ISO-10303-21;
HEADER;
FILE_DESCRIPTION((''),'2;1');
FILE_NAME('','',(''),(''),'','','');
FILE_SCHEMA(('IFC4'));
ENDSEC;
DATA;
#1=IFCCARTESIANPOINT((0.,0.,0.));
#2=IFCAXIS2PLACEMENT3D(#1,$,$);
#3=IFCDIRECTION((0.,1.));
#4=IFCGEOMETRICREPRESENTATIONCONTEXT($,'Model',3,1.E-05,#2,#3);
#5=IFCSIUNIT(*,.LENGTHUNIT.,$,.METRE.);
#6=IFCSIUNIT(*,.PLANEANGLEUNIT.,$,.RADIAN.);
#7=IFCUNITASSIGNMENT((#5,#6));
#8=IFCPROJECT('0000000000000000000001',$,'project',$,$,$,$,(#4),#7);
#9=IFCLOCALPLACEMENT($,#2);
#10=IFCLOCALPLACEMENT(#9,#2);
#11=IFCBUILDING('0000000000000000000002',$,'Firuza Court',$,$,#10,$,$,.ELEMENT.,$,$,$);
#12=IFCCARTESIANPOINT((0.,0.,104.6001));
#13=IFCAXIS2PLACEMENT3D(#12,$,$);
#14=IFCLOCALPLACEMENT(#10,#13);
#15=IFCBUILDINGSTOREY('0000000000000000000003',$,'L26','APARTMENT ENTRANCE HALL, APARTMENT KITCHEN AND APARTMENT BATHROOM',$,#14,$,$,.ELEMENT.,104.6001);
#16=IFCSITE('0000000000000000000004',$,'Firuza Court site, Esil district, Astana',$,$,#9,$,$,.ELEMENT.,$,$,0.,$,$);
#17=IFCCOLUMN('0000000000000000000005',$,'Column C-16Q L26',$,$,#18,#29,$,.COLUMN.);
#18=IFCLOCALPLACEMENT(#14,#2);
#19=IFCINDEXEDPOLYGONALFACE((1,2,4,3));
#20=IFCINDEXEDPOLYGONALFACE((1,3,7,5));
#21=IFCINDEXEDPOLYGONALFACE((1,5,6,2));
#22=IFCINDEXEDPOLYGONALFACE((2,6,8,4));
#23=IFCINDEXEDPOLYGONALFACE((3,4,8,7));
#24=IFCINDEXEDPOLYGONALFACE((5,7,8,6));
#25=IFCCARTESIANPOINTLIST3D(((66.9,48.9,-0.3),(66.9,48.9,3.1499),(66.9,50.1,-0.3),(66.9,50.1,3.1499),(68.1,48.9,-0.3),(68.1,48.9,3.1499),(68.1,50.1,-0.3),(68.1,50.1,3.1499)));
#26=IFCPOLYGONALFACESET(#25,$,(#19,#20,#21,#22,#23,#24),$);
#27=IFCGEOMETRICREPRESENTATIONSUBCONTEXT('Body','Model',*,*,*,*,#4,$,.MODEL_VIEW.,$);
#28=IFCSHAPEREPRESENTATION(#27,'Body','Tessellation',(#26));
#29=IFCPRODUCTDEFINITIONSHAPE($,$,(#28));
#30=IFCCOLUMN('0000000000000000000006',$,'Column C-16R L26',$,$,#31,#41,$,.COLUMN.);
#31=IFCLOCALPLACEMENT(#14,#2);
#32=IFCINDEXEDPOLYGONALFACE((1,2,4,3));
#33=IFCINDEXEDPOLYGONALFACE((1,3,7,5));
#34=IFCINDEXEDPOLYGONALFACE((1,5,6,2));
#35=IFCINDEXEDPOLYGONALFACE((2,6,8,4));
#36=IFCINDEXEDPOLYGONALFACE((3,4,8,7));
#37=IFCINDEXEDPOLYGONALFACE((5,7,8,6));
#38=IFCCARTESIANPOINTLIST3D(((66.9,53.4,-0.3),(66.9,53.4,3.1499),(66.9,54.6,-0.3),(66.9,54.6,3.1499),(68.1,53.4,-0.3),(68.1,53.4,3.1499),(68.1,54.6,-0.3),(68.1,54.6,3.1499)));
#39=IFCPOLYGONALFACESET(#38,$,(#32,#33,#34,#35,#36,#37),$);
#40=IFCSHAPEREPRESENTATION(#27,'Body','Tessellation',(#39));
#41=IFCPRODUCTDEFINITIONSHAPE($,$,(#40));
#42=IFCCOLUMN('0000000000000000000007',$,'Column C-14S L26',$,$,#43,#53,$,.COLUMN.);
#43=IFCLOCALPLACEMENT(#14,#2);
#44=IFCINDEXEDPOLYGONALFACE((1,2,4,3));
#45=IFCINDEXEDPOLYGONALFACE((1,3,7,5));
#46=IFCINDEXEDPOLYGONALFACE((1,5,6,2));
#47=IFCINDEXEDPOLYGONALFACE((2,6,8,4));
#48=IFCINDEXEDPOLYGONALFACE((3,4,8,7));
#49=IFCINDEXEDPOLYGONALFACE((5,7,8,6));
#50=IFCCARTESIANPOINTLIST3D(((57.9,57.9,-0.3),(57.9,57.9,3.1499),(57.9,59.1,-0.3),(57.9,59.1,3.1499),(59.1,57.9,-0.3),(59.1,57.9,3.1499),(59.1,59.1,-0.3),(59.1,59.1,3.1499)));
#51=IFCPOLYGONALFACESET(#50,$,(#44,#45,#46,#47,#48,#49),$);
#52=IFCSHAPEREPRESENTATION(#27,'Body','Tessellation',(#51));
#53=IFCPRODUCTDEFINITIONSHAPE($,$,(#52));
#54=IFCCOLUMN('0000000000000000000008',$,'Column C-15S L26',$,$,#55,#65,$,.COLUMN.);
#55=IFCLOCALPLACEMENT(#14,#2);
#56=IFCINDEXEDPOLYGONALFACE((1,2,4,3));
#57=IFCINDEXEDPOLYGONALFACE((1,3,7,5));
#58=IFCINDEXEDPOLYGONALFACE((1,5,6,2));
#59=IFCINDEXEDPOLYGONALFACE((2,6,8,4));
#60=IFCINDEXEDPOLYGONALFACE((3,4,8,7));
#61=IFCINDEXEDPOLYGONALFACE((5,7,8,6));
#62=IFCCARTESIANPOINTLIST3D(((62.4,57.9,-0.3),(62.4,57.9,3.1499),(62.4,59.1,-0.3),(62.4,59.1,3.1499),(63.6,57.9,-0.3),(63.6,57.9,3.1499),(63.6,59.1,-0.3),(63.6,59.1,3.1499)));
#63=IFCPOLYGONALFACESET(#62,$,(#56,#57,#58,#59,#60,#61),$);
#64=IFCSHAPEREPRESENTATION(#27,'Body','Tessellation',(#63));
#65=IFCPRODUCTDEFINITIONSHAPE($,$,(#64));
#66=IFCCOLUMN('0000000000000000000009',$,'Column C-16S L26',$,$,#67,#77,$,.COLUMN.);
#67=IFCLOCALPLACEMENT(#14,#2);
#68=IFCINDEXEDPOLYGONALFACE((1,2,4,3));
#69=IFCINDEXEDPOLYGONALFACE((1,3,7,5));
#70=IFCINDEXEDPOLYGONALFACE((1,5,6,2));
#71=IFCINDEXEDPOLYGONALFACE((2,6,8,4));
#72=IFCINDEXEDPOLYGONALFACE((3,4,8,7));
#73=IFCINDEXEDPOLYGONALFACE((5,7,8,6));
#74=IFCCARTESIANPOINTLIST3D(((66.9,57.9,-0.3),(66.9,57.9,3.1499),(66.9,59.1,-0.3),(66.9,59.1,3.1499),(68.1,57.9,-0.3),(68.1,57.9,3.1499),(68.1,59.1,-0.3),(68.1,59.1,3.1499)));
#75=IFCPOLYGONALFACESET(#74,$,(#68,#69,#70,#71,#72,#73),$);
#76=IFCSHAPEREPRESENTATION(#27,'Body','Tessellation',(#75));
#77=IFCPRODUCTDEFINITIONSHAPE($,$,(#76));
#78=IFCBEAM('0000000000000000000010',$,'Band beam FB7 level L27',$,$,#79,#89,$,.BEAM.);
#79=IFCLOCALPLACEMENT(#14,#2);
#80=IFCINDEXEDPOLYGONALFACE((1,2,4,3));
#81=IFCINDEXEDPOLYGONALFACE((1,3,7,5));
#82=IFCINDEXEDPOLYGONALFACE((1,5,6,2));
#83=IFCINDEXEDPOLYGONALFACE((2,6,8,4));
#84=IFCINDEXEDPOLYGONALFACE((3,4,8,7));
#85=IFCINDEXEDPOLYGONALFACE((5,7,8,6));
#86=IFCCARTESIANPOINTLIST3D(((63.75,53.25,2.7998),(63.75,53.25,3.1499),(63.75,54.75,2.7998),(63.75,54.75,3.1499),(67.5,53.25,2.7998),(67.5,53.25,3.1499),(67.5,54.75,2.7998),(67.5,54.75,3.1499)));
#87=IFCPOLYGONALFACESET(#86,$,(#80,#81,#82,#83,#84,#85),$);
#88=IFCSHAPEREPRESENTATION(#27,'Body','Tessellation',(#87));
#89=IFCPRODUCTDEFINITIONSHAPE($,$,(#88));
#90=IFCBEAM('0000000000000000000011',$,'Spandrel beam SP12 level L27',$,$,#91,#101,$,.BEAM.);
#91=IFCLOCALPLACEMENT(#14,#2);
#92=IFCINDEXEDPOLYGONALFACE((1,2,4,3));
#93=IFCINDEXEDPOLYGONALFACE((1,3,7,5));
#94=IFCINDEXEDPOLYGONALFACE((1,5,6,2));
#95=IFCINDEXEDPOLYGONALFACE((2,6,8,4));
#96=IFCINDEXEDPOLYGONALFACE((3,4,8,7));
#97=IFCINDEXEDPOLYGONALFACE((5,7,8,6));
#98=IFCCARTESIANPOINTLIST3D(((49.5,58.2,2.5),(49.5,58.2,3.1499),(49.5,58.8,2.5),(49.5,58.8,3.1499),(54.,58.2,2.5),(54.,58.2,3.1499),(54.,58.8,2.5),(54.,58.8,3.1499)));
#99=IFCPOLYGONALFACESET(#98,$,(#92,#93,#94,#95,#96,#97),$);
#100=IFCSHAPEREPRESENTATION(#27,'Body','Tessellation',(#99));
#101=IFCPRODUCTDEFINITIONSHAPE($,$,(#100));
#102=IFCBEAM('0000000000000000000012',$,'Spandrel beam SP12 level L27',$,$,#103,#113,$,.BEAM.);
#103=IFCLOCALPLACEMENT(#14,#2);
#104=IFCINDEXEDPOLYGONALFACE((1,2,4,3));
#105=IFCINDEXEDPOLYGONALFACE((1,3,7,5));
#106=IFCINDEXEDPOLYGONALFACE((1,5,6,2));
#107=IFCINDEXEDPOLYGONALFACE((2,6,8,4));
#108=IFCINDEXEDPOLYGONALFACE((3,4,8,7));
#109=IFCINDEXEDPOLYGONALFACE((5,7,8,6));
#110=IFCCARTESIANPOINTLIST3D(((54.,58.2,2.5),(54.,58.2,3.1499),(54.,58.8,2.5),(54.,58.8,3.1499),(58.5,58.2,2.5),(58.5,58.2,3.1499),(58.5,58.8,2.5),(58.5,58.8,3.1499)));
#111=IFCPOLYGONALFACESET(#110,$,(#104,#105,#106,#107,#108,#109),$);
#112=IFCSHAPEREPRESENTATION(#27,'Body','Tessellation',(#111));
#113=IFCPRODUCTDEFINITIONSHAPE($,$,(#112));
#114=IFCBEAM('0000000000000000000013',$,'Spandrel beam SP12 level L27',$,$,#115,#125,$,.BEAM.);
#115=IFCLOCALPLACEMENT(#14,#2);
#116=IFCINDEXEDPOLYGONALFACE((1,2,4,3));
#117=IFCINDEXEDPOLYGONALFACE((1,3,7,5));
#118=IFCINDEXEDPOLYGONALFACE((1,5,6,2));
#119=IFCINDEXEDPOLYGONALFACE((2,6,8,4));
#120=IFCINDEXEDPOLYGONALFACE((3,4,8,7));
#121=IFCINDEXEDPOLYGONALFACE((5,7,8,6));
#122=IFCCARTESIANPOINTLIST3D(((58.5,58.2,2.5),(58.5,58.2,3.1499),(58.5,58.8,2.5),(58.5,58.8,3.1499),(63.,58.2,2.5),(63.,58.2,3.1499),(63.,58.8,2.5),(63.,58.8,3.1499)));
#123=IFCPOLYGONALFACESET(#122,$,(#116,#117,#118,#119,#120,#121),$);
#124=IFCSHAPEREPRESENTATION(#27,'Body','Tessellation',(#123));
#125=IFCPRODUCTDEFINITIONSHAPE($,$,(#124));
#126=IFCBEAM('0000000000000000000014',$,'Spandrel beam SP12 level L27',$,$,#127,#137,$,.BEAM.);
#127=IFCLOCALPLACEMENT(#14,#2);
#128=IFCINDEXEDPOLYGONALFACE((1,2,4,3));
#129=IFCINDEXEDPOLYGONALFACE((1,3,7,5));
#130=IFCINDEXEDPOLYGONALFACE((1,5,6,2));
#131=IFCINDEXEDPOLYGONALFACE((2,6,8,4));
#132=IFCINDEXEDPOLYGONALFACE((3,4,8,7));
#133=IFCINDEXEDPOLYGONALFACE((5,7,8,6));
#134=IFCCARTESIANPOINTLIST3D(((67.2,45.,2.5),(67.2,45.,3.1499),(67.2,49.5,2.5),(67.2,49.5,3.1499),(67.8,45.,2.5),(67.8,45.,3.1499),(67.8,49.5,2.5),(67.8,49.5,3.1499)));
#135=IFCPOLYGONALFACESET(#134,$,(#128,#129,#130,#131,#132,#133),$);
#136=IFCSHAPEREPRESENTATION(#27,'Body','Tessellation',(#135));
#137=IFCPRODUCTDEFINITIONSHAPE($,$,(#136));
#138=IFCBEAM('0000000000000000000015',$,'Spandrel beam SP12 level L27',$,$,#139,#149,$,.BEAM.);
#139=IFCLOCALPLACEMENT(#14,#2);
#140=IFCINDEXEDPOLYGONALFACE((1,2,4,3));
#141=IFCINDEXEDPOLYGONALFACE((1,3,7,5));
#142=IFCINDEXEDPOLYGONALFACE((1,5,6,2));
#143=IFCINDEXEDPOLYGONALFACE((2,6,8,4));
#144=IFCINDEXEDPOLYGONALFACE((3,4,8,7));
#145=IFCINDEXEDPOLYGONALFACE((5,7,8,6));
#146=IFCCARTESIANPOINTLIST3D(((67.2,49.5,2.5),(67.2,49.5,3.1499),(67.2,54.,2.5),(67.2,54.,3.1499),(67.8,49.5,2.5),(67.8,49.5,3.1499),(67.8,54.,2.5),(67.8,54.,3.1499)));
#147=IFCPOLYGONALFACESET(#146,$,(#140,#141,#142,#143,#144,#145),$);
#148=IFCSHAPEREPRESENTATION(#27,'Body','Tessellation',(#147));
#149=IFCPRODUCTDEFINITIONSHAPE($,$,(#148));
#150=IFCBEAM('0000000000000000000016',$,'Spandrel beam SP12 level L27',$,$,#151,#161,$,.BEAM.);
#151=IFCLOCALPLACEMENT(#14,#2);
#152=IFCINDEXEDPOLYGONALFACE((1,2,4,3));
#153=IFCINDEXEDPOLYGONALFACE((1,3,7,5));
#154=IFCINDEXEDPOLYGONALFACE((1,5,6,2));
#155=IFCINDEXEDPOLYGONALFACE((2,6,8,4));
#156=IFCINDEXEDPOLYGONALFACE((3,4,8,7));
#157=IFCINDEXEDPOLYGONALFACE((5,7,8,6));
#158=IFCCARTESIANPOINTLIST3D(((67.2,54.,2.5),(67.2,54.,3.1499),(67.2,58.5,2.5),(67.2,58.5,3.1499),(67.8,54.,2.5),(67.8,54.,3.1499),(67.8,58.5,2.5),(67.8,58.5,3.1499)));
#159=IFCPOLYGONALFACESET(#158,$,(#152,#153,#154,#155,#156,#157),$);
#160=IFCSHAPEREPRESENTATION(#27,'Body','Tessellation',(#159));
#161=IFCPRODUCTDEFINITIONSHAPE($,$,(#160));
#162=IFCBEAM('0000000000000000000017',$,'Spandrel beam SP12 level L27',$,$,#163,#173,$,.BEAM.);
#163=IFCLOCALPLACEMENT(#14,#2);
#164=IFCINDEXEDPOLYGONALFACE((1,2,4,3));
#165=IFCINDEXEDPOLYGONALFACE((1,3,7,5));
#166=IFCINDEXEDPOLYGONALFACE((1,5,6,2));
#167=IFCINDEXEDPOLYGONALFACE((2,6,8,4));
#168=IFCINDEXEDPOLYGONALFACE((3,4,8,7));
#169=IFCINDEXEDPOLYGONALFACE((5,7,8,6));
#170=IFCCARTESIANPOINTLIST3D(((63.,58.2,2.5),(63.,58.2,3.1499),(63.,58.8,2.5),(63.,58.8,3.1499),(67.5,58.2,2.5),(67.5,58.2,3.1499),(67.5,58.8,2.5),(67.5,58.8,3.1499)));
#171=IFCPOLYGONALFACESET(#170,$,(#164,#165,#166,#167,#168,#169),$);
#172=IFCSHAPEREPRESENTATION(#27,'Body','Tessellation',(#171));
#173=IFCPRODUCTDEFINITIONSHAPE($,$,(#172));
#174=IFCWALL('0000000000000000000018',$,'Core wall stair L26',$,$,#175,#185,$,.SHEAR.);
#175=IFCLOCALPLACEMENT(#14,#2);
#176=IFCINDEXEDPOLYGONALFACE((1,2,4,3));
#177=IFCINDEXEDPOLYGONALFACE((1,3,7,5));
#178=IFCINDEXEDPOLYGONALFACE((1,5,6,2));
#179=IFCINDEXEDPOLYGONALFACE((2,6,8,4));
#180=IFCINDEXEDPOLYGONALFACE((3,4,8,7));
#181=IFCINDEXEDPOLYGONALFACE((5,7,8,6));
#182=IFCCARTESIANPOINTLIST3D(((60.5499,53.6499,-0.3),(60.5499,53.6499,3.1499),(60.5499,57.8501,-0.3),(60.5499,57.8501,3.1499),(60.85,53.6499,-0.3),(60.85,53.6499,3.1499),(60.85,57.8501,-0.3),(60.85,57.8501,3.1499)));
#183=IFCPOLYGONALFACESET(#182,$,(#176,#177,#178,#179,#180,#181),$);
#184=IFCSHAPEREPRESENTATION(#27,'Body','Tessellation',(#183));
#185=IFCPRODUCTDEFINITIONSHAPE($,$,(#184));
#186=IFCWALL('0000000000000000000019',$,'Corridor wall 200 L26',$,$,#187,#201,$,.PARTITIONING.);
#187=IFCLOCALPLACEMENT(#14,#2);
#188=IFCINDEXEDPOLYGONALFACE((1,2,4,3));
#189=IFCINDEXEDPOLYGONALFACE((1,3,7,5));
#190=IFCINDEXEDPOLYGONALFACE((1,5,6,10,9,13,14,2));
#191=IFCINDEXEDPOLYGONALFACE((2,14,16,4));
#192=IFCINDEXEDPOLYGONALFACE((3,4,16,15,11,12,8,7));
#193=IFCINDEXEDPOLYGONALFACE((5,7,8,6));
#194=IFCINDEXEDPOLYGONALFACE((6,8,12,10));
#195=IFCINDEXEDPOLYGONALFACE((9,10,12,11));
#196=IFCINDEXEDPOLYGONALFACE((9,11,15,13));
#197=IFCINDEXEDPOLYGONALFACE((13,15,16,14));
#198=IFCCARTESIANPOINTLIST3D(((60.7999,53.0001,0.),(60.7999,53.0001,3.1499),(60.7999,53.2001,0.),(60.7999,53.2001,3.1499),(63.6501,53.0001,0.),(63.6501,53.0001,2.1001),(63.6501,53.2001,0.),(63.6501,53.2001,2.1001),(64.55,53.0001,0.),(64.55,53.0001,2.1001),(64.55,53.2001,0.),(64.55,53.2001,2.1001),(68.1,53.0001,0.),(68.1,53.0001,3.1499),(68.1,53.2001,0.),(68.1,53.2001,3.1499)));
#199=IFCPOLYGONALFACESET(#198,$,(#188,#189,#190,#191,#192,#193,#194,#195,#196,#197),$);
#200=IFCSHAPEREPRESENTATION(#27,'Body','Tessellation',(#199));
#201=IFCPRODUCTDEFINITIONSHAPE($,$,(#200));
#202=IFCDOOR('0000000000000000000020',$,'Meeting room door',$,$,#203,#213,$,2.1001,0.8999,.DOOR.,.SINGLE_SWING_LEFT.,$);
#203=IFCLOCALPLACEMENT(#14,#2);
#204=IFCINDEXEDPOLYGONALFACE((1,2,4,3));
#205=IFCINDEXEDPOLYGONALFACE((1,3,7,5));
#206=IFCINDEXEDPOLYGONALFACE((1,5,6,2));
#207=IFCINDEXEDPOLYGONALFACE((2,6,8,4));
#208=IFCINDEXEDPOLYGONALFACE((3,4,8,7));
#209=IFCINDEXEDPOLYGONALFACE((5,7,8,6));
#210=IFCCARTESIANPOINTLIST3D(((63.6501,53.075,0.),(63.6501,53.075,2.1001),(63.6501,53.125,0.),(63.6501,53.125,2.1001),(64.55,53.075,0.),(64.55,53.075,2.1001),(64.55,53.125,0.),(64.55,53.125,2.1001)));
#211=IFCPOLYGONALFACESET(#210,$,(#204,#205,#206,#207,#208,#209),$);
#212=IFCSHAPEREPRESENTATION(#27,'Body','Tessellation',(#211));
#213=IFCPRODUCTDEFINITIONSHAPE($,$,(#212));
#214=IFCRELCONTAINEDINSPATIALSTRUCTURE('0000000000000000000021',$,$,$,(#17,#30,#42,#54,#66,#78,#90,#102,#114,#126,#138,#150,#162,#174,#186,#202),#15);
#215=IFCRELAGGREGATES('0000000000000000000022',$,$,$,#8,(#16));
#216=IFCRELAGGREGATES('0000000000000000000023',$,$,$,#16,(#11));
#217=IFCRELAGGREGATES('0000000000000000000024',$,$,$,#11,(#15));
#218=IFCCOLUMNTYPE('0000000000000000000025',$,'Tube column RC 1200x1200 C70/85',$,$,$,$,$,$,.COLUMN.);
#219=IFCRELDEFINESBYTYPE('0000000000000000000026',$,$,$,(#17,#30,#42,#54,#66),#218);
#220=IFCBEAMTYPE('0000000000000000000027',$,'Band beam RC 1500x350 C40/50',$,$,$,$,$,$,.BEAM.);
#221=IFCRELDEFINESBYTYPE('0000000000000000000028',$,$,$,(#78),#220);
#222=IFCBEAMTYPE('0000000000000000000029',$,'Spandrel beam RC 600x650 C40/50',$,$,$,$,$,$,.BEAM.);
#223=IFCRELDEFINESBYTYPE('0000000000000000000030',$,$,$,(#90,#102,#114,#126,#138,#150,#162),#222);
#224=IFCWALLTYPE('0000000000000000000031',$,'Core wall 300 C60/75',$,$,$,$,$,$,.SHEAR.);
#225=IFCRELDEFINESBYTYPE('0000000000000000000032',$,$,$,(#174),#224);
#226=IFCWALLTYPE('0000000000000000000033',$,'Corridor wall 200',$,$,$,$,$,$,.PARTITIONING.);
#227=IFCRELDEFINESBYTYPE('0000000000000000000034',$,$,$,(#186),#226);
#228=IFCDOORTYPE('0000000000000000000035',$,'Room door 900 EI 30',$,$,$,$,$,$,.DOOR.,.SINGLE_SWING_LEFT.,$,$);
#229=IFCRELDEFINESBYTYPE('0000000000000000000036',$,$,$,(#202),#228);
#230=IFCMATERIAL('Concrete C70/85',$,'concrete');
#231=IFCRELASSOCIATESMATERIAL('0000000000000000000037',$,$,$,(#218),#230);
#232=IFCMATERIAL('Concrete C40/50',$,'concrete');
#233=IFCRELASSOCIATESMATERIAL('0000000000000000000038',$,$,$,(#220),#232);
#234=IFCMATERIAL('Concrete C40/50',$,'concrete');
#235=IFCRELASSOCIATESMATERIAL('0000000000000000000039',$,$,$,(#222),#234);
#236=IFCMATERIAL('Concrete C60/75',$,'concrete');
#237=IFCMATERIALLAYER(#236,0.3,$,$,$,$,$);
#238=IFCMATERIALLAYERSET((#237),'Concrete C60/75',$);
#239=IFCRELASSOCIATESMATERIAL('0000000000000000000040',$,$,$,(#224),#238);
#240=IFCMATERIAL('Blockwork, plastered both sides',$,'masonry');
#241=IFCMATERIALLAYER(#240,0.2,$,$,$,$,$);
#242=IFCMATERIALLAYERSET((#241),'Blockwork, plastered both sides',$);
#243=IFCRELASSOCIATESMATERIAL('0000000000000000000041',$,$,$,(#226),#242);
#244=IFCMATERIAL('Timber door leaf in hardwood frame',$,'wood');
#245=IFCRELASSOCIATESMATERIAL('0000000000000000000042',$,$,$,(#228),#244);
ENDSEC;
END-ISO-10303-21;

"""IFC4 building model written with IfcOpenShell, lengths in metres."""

from ifc_helpers import new_model, si_unit, direction, frame, frame_2d, origin, origin_2d, place, context, subcontext, project, spatial, rectangle, extrude, material, layer, layer_set, material_profile, profile_set, type_object, element, fill, save


model = new_model("IFC4")

# Units and contexts
model_context = context("Model", 3, precision=1e-05, world=origin(), true_north=direction((0.0, 1.0)))
body_context = subcontext(model_context, "Body", "Model", "MODEL_VIEW")
ifc_project = project(units=[si_unit("LENGTHUNIT", "METRE"), si_unit("PLANEANGLEUNIT", "RADIAN")], contexts=[model_context])

# Site, building, storey
site_placement = place(None, origin())
site = spatial("IfcSite", under=ifc_project, at=site_placement, Name="Firuza Court site, Esil district, Astana", CompositionType="ELEMENT", RefElevation=0.0)
building_placement = place(site_placement, origin())
building = spatial("IfcBuilding", under=site, at=building_placement, Name="Firuza Court", CompositionType="ELEMENT")
storey_placement = place(building_placement, frame((0.0, 0.0, 104.6001)))
storey = spatial("IfcBuildingStorey", under=building, at=storey_placement, Name="L26", Description="APARTMENT ENTRANCE HALL, APARTMENT KITCHEN AND APARTMENT BATHROOM", CompositionType="ELEMENT", Elevation=104.6001)

# Columns
ifc_material_1 = material(Name="Concrete C70/85", Category="concrete")
ifc_material_profile_1 = material_profile(ifc_material_1, rectangle(XDim=1.2, YDim=1.2, at=origin_2d()), Name="RC 1200x1200")
ifc_profile_set_1 = profile_set([ifc_material_profile_1], Name="Concrete C70/85")
column_type = type_object("IfcColumnType", Name="Tube column RC 1200x1200 C70/85", PredefinedType="COLUMN", material=ifc_profile_set_1)
for number, where, z_axis, x_axis, name in (
    (1, (67.5, 49.5, -0.3), (0.0, 0.0, 1.0), (1.0, 0.0, 0.0), "Column C-16Q L26"),
    (2, (67.5, 54.0, -0.3), (0.0, 0.0, 1.0), (1.0, 0.0, 0.0), "Column C-16R L26"),
    (3, (58.5, 58.5, -0.3), (0.0, 0.0, 1.0), (1.0, 0.0, 0.0), "Column C-14S L26"),
    (4, (63.0, 58.5, -0.3), (0.0, 0.0, 1.0), (1.0, 0.0, 0.0), "Column C-15S L26"),
    (5, (67.5, 58.5, -0.3), (0.0, 0.0, 1.0), (1.0, 0.0, 0.0), "Column C-16S L26"),
):
    element("IfcColumn", number, at=place(storey_placement, frame(where, z_axis=z_axis, x_axis=x_axis)), inside=storey, type_object=column_type, Name=name, PredefinedType="COLUMN", context=body_context, shape_type="SweptSolid", body=[
        extrude(rectangle(XDim=1.2, YDim=1.2, at=origin_2d()), origin(), (0.0, 0.0, 1.0), 3.45),
    ])

# Beams
ifc_material_2 = material(Name="Concrete C40/50", Category="concrete")
ifc_material_profile_2 = material_profile(ifc_material_2, rectangle(XDim=1.5, YDim=0.3501, at=origin_2d()), Name="RC 1500x350")
ifc_profile_set_2 = profile_set([ifc_material_profile_2], Name="Concrete C40/50")
beam_type_1 = type_object("IfcBeamType", Name="Band beam RC 1500x350 C40/50", PredefinedType="BEAM", material=ifc_profile_set_2)
beam_placement = place(storey_placement, frame((67.5, 54.0, 2.9749), z_axis=(-1.0, 0.0, 0.0), x_axis=(0.0, -1.0, 0.0)))
element("IfcBeam", 6, at=beam_placement, inside=storey, type_object=beam_type_1, Name="Band beam FB7 level L27", PredefinedType="BEAM", context=body_context, shape_type="SweptSolid", body=[
    extrude(rectangle(XDim=1.5, YDim=0.3501, at=origin_2d()), origin(), (0.0, 0.0, 1.0), 3.75),
])
ifc_material_3 = material(Name="Concrete C40/50", Category="concrete")
ifc_material_profile_3 = material_profile(ifc_material_3, rectangle(XDim=0.6001, YDim=0.6499, at=origin_2d()), Name="RC 600x650")
ifc_profile_set_3 = profile_set([ifc_material_profile_3], Name="Concrete C40/50")
beam_type_2 = type_object("IfcBeamType", Name="Spandrel beam RC 600x650 C40/50", PredefinedType="BEAM", material=ifc_profile_set_3)
for number, where, z_axis, x_axis, name in (
    (7, (54.0, 58.5, 2.825), (-1.0, 0.0, 0.0), (0.0, -1.0, 0.0), "Spandrel beam SP12 level L27"),
    (8, (58.5, 58.5, 2.825), (-1.0, 0.0, 0.0), (0.0, -1.0, 0.0), "Spandrel beam SP12 level L27"),
    (9, (63.0, 58.5, 2.825), (-1.0, 0.0, 0.0), (0.0, -1.0, 0.0), "Spandrel beam SP12 level L27"),
    (10, (67.5, 45.0, 2.825), (0.0, 1.0, 0.0), (-1.0, 0.0, 0.0), "Spandrel beam SP12 level L27"),
    (11, (67.5, 49.5, 2.825), (0.0, 1.0, 0.0), (-1.0, 0.0, 0.0), "Spandrel beam SP12 level L27"),
    (12, (67.5, 54.0, 2.825), (0.0, 1.0, 0.0), (-1.0, 0.0, 0.0), "Spandrel beam SP12 level L27"),
    (13, (67.5, 58.5, 2.825), (-1.0, 0.0, 0.0), (0.0, -1.0, 0.0), "Spandrel beam SP12 level L27"),
):
    element("IfcBeam", number, at=place(storey_placement, frame(where, z_axis=z_axis, x_axis=x_axis)), inside=storey, type_object=beam_type_2, Name=name, PredefinedType="BEAM", context=body_context, shape_type="SweptSolid", body=[
        extrude(rectangle(XDim=0.6001, YDim=0.6499, at=origin_2d()), origin(), (0.0, 0.0, 1.0), 4.5),
    ])

# Wall
ifc_material_4 = material(Name="Concrete C60/75", Category="concrete")
ifc_layer_1 = layer(ifc_material_4, 0.3)
ifc_layer_set_1 = layer_set([ifc_layer_1], Name="Concrete C60/75")
wall_type_1 = type_object("IfcWallType", Name="Core wall 300 C60/75", PredefinedType="SHEAR", material=ifc_layer_set_1)
wall_1_placement = place(storey_placement, frame((60.7, 53.6499, -0.3), z_axis=(0.0, 0.0, 1.0), x_axis=(0.0, 1.0, 0.0)))
element("IfcWall", 14, at=wall_1_placement, inside=storey, type_object=wall_type_1, Name="Core wall stair L26", PredefinedType="SHEAR", context=body_context, shape_type="SweptSolid", body=[
    extrude(rectangle(XDim=4.2002, YDim=0.3, at=frame_2d((2.1001, 0.0))), origin(), (0.0, 0.0, 1.0), 3.45),
])

# Wall, opening, door
ifc_material_5 = material(Name="Blockwork, plastered both sides", Category="masonry")
ifc_layer_2 = layer(ifc_material_5, 0.2)
ifc_layer_set_2 = layer_set([ifc_layer_2], Name="Blockwork, plastered both sides")
wall_type_2 = type_object("IfcWallType", Name="Corridor wall 200", PredefinedType="PARTITIONING", material=ifc_layer_set_2)
wall_2_placement = place(storey_placement, frame((60.8, 53.1001, 0.0), z_axis=(0.0, 0.0, 1.0), x_axis=(1.0, 0.0, 0.0)))
wall_2 = element("IfcWall", 15, at=wall_2_placement, inside=storey, type_object=wall_type_2, Name="Corridor wall 200 L26", PredefinedType="PARTITIONING", context=body_context, shape_type="SweptSolid", body=[
    extrude(rectangle(XDim=7.3, YDim=0.2, at=frame_2d((3.6499, 0.0))), origin(), (0.0, 0.0, 1.0), 3.1499),
])
opening_1_placement = place(wall_2_placement, frame((2.8501, 0.0, 0.0)))
opening_1 = element("IfcOpeningElement", 16, at=opening_1_placement, cuts=wall_2, PredefinedType="OPENING", context=body_context, shape_type="SweptSolid", body=[
    extrude(rectangle(XDim=0.8999, YDim=2.1001, at=frame_2d((0.45, 1.05))), frame((0.0, 0.1118, 0.0), z_axis=(0.0, -1.0, 0.0), x_axis=(1.0, 0.0, 0.0)), (0.0, 0.0, 1.0), 0.2239),
])
ifc_material_6 = material(Name="Timber door leaf in hardwood frame", Category="wood")
door_type_1 = type_object("IfcDoorType", Name="Room door 900 EI 30", OperationType="SINGLE_SWING_LEFT", PredefinedType="DOOR", material=ifc_material_6)
door_1_placement = place(opening_1_placement, origin())
door_1 = element("IfcDoor", 17, at=door_1_placement, inside=storey, type_object=door_type_1, Name="Meeting room door", OperationType="SINGLE_SWING_LEFT", OverallHeight=2.1001, OverallWidth=0.8999, PredefinedType="DOOR", context=body_context, shape_type="SweptSolid", body=[
    extrude(rectangle(XDim=0.8999, YDim=2.1001, at=frame_2d((0.45, 1.05))), frame((0.0, 0.0249, 0.0), z_axis=(0.0, -1.0, 0.0), x_axis=(1.0, 0.0, 0.0)), (0.0, 0.0, 1.0), 0.05),
])
fill(opening_1, door_1)

save(model, "model.ifc")
